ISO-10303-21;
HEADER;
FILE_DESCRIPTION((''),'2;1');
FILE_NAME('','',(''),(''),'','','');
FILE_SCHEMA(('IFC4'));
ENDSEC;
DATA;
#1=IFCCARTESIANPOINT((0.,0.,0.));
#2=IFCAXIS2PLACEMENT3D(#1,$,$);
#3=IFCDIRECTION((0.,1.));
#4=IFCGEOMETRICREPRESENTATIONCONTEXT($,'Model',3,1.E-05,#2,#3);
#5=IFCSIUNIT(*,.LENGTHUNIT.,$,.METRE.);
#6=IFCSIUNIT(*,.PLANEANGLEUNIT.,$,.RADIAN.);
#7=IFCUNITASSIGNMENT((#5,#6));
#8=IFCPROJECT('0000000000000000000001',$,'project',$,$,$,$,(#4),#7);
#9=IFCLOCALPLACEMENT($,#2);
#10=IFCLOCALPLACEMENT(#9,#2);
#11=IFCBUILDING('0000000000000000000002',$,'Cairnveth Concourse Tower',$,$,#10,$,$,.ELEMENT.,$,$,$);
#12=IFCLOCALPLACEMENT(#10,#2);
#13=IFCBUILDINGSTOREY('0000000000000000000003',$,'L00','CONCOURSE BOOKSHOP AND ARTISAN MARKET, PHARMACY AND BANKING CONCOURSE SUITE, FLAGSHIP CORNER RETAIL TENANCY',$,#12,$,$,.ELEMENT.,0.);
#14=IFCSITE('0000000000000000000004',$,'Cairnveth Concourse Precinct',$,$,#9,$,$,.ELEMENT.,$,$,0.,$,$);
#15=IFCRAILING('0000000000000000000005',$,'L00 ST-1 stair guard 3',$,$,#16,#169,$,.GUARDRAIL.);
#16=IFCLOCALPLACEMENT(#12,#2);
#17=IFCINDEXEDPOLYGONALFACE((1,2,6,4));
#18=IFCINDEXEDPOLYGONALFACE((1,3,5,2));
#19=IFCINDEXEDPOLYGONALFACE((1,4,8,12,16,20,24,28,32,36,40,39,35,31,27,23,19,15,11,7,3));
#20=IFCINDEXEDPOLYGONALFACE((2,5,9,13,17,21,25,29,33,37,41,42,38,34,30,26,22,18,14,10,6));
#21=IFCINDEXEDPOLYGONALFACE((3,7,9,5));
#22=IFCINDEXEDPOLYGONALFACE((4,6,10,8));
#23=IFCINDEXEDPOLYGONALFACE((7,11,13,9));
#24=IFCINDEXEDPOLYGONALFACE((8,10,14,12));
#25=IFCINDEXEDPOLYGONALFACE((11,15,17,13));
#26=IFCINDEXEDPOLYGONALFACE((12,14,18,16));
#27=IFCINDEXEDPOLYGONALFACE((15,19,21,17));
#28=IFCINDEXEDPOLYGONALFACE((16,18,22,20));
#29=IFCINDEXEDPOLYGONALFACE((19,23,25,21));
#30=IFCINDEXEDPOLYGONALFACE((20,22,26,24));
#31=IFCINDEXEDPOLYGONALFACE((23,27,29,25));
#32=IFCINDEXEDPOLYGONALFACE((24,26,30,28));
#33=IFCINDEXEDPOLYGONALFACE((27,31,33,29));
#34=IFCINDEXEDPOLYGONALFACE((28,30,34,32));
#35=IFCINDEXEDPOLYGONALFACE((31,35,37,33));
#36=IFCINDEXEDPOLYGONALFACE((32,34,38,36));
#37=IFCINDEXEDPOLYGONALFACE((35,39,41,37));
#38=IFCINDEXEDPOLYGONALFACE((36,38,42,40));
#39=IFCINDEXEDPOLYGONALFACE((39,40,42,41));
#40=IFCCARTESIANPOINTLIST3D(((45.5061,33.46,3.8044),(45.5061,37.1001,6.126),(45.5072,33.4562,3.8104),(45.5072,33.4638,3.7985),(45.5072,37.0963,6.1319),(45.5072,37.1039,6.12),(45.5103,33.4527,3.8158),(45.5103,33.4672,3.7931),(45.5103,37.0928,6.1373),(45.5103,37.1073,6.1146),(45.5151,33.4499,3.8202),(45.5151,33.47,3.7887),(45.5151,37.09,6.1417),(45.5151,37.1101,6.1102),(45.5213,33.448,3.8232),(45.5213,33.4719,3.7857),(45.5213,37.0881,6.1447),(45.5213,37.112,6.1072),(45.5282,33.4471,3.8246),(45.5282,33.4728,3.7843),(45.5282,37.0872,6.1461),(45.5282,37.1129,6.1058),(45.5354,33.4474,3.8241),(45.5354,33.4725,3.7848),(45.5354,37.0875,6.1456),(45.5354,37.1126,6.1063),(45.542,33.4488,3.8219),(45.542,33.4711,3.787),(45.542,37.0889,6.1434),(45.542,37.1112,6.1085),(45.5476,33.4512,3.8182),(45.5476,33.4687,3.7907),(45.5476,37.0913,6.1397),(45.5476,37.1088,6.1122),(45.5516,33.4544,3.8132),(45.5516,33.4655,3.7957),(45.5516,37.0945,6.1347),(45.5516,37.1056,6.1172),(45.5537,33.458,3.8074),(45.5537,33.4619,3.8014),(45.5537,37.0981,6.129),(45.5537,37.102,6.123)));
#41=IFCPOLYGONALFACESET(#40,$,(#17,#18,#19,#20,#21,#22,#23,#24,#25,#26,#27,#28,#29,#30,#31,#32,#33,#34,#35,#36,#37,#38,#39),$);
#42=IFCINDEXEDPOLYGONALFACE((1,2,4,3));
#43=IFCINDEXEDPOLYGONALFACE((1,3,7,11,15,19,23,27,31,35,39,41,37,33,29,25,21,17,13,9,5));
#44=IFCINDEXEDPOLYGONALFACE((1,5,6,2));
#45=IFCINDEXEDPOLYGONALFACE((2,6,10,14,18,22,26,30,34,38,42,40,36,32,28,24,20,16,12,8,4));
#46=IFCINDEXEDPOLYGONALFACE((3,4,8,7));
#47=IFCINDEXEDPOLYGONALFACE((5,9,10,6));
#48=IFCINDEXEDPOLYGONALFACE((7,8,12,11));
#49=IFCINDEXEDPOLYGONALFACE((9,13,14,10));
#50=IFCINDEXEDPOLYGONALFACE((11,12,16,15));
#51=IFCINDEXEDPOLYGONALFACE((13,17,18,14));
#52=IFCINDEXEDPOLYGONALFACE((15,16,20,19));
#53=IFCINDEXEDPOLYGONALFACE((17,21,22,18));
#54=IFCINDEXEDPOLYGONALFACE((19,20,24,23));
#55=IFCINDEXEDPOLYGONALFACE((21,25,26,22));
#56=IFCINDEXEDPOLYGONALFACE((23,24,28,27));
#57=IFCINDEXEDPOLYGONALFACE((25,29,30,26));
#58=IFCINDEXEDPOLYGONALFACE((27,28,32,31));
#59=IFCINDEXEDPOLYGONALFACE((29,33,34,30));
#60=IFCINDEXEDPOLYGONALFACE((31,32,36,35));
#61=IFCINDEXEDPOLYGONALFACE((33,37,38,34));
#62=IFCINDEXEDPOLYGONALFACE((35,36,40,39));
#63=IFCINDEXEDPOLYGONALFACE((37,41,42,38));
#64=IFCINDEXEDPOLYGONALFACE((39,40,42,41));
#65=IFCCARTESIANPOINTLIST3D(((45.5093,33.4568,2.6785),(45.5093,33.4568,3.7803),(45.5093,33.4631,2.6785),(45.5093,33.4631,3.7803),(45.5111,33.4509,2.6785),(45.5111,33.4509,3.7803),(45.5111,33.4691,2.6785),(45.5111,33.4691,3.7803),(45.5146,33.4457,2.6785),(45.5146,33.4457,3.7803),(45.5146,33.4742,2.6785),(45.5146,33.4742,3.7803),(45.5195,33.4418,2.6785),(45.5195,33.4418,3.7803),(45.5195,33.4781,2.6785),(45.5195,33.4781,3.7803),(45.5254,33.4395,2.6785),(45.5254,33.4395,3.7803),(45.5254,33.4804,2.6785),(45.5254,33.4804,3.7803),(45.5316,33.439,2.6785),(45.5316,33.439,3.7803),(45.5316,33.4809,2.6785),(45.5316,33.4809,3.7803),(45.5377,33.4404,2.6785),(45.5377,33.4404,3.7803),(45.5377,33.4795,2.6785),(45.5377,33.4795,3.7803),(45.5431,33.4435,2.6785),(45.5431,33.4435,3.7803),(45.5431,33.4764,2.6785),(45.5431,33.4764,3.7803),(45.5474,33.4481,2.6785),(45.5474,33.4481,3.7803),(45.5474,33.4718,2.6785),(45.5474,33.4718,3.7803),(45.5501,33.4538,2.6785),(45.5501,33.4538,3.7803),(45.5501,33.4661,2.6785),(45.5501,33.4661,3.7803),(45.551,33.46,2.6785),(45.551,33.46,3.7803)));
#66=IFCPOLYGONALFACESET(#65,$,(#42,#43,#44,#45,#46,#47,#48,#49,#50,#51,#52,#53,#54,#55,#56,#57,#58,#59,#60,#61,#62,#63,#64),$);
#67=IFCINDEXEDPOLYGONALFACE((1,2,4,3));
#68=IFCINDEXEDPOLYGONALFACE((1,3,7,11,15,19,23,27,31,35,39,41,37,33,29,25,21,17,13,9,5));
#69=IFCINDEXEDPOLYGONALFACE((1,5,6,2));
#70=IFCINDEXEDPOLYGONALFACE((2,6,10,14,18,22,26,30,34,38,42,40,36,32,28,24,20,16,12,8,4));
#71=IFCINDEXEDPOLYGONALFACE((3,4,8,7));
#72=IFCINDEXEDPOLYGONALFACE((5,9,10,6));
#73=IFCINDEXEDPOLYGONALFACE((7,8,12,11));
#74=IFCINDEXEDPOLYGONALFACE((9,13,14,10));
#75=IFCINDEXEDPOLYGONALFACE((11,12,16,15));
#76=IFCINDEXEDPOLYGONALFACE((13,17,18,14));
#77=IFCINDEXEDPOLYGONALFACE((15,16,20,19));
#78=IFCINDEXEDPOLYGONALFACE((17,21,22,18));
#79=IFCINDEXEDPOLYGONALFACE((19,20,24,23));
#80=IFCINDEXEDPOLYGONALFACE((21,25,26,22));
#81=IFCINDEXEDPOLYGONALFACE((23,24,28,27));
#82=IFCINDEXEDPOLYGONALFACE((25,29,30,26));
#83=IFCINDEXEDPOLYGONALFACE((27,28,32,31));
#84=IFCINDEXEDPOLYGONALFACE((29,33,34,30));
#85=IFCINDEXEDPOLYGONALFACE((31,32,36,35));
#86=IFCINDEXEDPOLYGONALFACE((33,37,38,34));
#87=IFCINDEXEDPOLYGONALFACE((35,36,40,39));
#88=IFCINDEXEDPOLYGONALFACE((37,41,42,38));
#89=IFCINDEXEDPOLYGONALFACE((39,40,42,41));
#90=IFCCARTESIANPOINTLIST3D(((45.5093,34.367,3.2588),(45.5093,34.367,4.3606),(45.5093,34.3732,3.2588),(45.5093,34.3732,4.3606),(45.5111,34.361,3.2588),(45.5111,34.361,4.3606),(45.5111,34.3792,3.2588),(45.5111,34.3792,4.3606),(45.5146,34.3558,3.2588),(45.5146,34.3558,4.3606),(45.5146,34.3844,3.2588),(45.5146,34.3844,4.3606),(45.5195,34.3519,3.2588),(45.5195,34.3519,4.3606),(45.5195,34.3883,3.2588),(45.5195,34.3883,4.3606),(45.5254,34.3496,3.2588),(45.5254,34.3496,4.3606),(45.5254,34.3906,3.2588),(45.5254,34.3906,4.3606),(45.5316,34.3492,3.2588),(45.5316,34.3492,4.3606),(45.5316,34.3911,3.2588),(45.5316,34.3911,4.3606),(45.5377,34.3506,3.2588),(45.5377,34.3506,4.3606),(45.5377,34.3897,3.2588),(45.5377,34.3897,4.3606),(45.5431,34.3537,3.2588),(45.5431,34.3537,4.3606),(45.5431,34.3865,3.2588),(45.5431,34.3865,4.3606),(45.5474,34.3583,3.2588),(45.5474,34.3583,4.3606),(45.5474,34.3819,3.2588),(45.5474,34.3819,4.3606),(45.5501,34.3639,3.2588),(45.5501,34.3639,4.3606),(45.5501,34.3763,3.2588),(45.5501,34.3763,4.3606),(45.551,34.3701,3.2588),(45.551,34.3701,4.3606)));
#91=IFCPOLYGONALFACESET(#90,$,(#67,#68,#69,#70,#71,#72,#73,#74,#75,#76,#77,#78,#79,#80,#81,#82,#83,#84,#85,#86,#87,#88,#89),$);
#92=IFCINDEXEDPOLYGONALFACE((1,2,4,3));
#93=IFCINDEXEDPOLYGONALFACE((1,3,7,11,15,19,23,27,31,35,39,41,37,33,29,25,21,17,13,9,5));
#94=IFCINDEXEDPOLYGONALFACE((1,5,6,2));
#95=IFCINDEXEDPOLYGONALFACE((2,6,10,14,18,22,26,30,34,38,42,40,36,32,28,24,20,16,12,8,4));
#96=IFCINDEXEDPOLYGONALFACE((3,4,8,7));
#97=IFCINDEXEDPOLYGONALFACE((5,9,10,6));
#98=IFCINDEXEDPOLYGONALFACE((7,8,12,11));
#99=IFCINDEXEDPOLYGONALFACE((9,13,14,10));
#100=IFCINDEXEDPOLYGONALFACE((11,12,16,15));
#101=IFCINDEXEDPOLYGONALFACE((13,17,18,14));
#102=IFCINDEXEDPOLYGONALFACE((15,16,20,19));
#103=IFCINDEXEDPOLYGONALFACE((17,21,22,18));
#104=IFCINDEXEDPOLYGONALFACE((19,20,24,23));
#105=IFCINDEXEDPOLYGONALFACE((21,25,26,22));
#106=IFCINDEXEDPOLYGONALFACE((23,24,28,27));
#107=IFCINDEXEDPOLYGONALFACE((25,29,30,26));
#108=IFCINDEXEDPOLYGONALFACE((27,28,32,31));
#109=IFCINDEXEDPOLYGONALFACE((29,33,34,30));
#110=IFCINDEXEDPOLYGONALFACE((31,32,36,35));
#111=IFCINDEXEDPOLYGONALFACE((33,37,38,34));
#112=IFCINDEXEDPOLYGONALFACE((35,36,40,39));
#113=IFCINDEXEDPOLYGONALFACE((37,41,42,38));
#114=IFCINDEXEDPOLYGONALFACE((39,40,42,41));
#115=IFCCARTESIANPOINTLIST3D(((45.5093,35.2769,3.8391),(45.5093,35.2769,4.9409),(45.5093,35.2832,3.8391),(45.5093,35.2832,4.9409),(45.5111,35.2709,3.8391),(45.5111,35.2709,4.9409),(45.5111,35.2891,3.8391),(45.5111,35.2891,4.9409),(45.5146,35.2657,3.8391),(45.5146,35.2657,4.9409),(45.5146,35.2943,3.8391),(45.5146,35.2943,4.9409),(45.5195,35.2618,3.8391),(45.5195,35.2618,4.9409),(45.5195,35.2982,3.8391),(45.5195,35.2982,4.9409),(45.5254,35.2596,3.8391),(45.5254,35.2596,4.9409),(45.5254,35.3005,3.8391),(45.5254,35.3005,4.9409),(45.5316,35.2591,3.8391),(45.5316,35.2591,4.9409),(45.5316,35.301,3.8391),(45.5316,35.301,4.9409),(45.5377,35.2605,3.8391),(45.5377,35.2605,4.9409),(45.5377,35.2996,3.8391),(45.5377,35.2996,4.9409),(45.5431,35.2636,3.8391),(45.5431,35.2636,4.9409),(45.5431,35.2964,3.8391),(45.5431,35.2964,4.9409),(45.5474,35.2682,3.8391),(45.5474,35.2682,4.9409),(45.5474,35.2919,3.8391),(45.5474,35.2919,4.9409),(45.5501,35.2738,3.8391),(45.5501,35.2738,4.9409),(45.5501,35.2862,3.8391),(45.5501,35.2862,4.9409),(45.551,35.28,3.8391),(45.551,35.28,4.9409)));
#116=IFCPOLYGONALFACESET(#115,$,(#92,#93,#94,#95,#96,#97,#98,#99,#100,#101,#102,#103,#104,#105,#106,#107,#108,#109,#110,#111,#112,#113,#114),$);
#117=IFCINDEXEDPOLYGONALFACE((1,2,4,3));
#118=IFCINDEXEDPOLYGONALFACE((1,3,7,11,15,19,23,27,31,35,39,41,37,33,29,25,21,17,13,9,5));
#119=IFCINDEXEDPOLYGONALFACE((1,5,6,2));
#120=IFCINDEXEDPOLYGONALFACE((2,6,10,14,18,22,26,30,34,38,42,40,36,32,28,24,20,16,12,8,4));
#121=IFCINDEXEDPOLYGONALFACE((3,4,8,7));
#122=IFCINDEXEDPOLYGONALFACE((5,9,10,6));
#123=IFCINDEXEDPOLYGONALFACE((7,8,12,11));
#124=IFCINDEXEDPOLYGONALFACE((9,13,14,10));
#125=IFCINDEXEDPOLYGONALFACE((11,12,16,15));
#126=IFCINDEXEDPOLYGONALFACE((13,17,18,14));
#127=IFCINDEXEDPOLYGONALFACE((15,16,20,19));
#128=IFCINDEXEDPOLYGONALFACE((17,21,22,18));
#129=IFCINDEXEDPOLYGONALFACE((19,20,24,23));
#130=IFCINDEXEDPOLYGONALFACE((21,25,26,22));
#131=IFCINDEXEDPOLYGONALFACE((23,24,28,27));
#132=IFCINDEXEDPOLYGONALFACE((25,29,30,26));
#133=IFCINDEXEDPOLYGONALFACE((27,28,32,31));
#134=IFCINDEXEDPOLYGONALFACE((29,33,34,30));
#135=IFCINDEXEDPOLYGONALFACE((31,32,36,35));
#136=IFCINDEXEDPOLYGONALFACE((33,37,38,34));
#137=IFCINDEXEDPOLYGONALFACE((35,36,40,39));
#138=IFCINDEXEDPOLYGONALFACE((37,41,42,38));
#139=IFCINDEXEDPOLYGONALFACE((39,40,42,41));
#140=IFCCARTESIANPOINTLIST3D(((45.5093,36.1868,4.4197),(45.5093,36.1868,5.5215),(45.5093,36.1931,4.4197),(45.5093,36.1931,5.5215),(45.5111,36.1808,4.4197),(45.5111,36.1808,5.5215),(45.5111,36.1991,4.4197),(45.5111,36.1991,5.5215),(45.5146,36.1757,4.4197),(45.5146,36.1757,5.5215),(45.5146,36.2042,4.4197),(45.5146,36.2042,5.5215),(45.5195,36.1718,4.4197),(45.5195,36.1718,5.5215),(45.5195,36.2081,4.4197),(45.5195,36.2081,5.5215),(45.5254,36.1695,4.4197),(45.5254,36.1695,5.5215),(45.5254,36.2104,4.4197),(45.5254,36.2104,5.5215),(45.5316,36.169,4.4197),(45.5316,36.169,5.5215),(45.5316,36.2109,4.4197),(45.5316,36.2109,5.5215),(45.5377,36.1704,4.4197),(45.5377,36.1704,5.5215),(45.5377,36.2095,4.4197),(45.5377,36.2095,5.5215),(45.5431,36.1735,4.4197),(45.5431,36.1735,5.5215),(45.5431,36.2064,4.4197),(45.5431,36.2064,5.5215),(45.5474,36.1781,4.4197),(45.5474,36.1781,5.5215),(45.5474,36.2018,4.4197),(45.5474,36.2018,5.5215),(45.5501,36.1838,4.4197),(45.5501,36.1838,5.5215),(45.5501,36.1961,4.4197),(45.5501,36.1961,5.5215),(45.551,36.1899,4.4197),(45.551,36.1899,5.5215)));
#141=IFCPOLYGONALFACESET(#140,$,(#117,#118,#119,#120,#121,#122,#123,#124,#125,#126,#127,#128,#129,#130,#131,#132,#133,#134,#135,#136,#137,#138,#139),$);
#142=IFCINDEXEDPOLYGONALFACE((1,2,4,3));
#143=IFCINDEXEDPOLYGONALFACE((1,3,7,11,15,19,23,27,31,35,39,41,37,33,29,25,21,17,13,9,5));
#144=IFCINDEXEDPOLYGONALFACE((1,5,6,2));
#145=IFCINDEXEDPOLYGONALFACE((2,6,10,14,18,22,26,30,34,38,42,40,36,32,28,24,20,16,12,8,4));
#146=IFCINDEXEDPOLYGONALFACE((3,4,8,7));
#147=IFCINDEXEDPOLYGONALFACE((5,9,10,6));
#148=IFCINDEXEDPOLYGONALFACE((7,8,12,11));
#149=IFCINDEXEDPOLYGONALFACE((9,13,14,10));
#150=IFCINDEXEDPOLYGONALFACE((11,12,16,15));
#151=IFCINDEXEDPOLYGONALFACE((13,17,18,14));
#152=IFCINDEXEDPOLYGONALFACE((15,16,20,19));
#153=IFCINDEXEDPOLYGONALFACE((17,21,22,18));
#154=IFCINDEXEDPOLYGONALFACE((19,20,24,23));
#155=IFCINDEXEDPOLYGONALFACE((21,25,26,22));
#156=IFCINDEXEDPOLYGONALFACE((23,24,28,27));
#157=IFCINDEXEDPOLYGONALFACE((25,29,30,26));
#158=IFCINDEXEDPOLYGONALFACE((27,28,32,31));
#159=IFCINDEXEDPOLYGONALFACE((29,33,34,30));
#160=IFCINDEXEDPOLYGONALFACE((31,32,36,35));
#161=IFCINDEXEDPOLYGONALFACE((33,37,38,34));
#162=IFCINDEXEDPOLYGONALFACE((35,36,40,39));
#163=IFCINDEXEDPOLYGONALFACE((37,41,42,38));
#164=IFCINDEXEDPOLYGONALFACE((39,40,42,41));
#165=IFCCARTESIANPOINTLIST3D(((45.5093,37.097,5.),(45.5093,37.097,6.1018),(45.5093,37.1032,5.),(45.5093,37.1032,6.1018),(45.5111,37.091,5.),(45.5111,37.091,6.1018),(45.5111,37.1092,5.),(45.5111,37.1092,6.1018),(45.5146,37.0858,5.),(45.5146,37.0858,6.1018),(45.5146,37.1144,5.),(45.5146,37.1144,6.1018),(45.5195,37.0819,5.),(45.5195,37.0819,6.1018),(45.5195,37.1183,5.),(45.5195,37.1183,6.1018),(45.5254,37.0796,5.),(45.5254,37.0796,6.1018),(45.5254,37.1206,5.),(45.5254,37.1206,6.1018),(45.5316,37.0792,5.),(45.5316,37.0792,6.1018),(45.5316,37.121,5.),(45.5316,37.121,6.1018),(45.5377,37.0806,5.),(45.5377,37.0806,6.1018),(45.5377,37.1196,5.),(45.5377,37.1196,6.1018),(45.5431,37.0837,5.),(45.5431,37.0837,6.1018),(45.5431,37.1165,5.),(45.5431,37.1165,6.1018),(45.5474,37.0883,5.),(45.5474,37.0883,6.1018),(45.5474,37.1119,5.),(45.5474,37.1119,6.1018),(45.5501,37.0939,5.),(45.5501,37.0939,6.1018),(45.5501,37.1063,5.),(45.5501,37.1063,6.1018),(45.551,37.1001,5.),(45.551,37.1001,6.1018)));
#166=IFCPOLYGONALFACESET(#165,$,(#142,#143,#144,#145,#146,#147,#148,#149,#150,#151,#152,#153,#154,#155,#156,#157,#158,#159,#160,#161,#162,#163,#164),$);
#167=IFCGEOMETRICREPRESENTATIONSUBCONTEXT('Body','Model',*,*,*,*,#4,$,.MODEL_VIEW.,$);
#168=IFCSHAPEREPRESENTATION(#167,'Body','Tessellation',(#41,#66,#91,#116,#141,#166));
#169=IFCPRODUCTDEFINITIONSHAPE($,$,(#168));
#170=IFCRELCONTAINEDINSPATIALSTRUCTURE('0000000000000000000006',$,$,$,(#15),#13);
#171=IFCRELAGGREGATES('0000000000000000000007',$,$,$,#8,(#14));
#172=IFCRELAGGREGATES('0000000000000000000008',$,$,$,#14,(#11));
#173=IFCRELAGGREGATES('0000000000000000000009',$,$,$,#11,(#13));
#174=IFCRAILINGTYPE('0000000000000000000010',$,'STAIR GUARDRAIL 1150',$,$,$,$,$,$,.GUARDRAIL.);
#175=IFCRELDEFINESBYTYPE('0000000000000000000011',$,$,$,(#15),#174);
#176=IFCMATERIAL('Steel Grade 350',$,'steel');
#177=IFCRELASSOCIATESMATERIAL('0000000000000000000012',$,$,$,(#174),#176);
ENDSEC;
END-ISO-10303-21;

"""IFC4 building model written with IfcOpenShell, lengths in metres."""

from ifc_helpers import new_model, si_unit, direction, frame, origin, origin_2d, place, context, subcontext, project, spatial, circle, extrude, material, type_object, element, save


model = new_model("IFC4")

# Units and contexts
model_context = context("Model", 3, precision=1e-05, world=origin(), true_north=direction((0.0, 1.0)))
body_context = subcontext(model_context, "Body", "Model", "MODEL_VIEW")
ifc_project = project(units=[si_unit("LENGTHUNIT", "METRE"), si_unit("PLANEANGLEUNIT", "RADIAN")], contexts=[model_context])

# Site, building, storey
site_placement = place(None, origin())
site = spatial("IfcSite", under=ifc_project, at=site_placement, Name="Cairnveth Concourse Precinct", CompositionType="ELEMENT", RefElevation=0.0)
building_placement = place(site_placement, origin())
building = spatial("IfcBuilding", under=site, at=building_placement, Name="Cairnveth Concourse Tower", CompositionType="ELEMENT")
storey_placement = place(building_placement, origin())
storey = spatial("IfcBuildingStorey", under=building, at=storey_placement, Name="L00", Description="CONCOURSE BOOKSHOP AND ARTISAN MARKET, PHARMACY AND BANKING CONCOURSE SUITE, FLAGSHIP CORNER RETAIL TENANCY", CompositionType="ELEMENT", Elevation=0.0)

# Shared definitions
ifc_material_1 = material(Name="Steel Grade 350", Category="steel")

# Railing
railing_type_1 = type_object("IfcRailingType", Name="STAIR GUARDRAIL 1150", PredefinedType="GUARDRAIL", material=ifc_material_1)
railing_1_placement = place(storey_placement, frame((45.53, 33.46, 2.6785)))
element("IfcRailing", 1, at=railing_1_placement, inside=storey, type_object=railing_type_1, Name="L00 ST-1 stair guard 3", PredefinedType="GUARDRAIL", context=body_context, shape_type="SweptSolid", body=[
    extrude(circle(Radius=0.0239, at=origin_2d()), frame((0.0, 0.0, 1.126), z_axis=(0.0, 0.843128, 0.537713), x_axis=(-1.0, 0.0, 0.0)), (0.0, 0.0, 1.0), 4.3174),
    extrude(circle(Radius=0.021, at=origin_2d()), origin(), (0.0, 0.0, 1.0), 1.1018),
    extrude(circle(Radius=0.021, at=origin_2d()), frame((0.0, 0.9102, 0.5803)), (0.0, 0.0, 1.0), 1.1018),
    extrude(circle(Radius=0.021, at=origin_2d()), frame((0.0, 1.8201, 1.1606)), (0.0, 0.0, 1.0), 1.1018),
    extrude(circle(Radius=0.021, at=origin_2d()), frame((0.0, 2.73, 1.7412)), (0.0, 0.0, 1.0), 1.1018),
    extrude(circle(Radius=0.021, at=origin_2d()), frame((0.0, 3.6401, 2.3215)), (0.0, 0.0, 1.0), 1.1018),
])

save(model, "model.ifc")
